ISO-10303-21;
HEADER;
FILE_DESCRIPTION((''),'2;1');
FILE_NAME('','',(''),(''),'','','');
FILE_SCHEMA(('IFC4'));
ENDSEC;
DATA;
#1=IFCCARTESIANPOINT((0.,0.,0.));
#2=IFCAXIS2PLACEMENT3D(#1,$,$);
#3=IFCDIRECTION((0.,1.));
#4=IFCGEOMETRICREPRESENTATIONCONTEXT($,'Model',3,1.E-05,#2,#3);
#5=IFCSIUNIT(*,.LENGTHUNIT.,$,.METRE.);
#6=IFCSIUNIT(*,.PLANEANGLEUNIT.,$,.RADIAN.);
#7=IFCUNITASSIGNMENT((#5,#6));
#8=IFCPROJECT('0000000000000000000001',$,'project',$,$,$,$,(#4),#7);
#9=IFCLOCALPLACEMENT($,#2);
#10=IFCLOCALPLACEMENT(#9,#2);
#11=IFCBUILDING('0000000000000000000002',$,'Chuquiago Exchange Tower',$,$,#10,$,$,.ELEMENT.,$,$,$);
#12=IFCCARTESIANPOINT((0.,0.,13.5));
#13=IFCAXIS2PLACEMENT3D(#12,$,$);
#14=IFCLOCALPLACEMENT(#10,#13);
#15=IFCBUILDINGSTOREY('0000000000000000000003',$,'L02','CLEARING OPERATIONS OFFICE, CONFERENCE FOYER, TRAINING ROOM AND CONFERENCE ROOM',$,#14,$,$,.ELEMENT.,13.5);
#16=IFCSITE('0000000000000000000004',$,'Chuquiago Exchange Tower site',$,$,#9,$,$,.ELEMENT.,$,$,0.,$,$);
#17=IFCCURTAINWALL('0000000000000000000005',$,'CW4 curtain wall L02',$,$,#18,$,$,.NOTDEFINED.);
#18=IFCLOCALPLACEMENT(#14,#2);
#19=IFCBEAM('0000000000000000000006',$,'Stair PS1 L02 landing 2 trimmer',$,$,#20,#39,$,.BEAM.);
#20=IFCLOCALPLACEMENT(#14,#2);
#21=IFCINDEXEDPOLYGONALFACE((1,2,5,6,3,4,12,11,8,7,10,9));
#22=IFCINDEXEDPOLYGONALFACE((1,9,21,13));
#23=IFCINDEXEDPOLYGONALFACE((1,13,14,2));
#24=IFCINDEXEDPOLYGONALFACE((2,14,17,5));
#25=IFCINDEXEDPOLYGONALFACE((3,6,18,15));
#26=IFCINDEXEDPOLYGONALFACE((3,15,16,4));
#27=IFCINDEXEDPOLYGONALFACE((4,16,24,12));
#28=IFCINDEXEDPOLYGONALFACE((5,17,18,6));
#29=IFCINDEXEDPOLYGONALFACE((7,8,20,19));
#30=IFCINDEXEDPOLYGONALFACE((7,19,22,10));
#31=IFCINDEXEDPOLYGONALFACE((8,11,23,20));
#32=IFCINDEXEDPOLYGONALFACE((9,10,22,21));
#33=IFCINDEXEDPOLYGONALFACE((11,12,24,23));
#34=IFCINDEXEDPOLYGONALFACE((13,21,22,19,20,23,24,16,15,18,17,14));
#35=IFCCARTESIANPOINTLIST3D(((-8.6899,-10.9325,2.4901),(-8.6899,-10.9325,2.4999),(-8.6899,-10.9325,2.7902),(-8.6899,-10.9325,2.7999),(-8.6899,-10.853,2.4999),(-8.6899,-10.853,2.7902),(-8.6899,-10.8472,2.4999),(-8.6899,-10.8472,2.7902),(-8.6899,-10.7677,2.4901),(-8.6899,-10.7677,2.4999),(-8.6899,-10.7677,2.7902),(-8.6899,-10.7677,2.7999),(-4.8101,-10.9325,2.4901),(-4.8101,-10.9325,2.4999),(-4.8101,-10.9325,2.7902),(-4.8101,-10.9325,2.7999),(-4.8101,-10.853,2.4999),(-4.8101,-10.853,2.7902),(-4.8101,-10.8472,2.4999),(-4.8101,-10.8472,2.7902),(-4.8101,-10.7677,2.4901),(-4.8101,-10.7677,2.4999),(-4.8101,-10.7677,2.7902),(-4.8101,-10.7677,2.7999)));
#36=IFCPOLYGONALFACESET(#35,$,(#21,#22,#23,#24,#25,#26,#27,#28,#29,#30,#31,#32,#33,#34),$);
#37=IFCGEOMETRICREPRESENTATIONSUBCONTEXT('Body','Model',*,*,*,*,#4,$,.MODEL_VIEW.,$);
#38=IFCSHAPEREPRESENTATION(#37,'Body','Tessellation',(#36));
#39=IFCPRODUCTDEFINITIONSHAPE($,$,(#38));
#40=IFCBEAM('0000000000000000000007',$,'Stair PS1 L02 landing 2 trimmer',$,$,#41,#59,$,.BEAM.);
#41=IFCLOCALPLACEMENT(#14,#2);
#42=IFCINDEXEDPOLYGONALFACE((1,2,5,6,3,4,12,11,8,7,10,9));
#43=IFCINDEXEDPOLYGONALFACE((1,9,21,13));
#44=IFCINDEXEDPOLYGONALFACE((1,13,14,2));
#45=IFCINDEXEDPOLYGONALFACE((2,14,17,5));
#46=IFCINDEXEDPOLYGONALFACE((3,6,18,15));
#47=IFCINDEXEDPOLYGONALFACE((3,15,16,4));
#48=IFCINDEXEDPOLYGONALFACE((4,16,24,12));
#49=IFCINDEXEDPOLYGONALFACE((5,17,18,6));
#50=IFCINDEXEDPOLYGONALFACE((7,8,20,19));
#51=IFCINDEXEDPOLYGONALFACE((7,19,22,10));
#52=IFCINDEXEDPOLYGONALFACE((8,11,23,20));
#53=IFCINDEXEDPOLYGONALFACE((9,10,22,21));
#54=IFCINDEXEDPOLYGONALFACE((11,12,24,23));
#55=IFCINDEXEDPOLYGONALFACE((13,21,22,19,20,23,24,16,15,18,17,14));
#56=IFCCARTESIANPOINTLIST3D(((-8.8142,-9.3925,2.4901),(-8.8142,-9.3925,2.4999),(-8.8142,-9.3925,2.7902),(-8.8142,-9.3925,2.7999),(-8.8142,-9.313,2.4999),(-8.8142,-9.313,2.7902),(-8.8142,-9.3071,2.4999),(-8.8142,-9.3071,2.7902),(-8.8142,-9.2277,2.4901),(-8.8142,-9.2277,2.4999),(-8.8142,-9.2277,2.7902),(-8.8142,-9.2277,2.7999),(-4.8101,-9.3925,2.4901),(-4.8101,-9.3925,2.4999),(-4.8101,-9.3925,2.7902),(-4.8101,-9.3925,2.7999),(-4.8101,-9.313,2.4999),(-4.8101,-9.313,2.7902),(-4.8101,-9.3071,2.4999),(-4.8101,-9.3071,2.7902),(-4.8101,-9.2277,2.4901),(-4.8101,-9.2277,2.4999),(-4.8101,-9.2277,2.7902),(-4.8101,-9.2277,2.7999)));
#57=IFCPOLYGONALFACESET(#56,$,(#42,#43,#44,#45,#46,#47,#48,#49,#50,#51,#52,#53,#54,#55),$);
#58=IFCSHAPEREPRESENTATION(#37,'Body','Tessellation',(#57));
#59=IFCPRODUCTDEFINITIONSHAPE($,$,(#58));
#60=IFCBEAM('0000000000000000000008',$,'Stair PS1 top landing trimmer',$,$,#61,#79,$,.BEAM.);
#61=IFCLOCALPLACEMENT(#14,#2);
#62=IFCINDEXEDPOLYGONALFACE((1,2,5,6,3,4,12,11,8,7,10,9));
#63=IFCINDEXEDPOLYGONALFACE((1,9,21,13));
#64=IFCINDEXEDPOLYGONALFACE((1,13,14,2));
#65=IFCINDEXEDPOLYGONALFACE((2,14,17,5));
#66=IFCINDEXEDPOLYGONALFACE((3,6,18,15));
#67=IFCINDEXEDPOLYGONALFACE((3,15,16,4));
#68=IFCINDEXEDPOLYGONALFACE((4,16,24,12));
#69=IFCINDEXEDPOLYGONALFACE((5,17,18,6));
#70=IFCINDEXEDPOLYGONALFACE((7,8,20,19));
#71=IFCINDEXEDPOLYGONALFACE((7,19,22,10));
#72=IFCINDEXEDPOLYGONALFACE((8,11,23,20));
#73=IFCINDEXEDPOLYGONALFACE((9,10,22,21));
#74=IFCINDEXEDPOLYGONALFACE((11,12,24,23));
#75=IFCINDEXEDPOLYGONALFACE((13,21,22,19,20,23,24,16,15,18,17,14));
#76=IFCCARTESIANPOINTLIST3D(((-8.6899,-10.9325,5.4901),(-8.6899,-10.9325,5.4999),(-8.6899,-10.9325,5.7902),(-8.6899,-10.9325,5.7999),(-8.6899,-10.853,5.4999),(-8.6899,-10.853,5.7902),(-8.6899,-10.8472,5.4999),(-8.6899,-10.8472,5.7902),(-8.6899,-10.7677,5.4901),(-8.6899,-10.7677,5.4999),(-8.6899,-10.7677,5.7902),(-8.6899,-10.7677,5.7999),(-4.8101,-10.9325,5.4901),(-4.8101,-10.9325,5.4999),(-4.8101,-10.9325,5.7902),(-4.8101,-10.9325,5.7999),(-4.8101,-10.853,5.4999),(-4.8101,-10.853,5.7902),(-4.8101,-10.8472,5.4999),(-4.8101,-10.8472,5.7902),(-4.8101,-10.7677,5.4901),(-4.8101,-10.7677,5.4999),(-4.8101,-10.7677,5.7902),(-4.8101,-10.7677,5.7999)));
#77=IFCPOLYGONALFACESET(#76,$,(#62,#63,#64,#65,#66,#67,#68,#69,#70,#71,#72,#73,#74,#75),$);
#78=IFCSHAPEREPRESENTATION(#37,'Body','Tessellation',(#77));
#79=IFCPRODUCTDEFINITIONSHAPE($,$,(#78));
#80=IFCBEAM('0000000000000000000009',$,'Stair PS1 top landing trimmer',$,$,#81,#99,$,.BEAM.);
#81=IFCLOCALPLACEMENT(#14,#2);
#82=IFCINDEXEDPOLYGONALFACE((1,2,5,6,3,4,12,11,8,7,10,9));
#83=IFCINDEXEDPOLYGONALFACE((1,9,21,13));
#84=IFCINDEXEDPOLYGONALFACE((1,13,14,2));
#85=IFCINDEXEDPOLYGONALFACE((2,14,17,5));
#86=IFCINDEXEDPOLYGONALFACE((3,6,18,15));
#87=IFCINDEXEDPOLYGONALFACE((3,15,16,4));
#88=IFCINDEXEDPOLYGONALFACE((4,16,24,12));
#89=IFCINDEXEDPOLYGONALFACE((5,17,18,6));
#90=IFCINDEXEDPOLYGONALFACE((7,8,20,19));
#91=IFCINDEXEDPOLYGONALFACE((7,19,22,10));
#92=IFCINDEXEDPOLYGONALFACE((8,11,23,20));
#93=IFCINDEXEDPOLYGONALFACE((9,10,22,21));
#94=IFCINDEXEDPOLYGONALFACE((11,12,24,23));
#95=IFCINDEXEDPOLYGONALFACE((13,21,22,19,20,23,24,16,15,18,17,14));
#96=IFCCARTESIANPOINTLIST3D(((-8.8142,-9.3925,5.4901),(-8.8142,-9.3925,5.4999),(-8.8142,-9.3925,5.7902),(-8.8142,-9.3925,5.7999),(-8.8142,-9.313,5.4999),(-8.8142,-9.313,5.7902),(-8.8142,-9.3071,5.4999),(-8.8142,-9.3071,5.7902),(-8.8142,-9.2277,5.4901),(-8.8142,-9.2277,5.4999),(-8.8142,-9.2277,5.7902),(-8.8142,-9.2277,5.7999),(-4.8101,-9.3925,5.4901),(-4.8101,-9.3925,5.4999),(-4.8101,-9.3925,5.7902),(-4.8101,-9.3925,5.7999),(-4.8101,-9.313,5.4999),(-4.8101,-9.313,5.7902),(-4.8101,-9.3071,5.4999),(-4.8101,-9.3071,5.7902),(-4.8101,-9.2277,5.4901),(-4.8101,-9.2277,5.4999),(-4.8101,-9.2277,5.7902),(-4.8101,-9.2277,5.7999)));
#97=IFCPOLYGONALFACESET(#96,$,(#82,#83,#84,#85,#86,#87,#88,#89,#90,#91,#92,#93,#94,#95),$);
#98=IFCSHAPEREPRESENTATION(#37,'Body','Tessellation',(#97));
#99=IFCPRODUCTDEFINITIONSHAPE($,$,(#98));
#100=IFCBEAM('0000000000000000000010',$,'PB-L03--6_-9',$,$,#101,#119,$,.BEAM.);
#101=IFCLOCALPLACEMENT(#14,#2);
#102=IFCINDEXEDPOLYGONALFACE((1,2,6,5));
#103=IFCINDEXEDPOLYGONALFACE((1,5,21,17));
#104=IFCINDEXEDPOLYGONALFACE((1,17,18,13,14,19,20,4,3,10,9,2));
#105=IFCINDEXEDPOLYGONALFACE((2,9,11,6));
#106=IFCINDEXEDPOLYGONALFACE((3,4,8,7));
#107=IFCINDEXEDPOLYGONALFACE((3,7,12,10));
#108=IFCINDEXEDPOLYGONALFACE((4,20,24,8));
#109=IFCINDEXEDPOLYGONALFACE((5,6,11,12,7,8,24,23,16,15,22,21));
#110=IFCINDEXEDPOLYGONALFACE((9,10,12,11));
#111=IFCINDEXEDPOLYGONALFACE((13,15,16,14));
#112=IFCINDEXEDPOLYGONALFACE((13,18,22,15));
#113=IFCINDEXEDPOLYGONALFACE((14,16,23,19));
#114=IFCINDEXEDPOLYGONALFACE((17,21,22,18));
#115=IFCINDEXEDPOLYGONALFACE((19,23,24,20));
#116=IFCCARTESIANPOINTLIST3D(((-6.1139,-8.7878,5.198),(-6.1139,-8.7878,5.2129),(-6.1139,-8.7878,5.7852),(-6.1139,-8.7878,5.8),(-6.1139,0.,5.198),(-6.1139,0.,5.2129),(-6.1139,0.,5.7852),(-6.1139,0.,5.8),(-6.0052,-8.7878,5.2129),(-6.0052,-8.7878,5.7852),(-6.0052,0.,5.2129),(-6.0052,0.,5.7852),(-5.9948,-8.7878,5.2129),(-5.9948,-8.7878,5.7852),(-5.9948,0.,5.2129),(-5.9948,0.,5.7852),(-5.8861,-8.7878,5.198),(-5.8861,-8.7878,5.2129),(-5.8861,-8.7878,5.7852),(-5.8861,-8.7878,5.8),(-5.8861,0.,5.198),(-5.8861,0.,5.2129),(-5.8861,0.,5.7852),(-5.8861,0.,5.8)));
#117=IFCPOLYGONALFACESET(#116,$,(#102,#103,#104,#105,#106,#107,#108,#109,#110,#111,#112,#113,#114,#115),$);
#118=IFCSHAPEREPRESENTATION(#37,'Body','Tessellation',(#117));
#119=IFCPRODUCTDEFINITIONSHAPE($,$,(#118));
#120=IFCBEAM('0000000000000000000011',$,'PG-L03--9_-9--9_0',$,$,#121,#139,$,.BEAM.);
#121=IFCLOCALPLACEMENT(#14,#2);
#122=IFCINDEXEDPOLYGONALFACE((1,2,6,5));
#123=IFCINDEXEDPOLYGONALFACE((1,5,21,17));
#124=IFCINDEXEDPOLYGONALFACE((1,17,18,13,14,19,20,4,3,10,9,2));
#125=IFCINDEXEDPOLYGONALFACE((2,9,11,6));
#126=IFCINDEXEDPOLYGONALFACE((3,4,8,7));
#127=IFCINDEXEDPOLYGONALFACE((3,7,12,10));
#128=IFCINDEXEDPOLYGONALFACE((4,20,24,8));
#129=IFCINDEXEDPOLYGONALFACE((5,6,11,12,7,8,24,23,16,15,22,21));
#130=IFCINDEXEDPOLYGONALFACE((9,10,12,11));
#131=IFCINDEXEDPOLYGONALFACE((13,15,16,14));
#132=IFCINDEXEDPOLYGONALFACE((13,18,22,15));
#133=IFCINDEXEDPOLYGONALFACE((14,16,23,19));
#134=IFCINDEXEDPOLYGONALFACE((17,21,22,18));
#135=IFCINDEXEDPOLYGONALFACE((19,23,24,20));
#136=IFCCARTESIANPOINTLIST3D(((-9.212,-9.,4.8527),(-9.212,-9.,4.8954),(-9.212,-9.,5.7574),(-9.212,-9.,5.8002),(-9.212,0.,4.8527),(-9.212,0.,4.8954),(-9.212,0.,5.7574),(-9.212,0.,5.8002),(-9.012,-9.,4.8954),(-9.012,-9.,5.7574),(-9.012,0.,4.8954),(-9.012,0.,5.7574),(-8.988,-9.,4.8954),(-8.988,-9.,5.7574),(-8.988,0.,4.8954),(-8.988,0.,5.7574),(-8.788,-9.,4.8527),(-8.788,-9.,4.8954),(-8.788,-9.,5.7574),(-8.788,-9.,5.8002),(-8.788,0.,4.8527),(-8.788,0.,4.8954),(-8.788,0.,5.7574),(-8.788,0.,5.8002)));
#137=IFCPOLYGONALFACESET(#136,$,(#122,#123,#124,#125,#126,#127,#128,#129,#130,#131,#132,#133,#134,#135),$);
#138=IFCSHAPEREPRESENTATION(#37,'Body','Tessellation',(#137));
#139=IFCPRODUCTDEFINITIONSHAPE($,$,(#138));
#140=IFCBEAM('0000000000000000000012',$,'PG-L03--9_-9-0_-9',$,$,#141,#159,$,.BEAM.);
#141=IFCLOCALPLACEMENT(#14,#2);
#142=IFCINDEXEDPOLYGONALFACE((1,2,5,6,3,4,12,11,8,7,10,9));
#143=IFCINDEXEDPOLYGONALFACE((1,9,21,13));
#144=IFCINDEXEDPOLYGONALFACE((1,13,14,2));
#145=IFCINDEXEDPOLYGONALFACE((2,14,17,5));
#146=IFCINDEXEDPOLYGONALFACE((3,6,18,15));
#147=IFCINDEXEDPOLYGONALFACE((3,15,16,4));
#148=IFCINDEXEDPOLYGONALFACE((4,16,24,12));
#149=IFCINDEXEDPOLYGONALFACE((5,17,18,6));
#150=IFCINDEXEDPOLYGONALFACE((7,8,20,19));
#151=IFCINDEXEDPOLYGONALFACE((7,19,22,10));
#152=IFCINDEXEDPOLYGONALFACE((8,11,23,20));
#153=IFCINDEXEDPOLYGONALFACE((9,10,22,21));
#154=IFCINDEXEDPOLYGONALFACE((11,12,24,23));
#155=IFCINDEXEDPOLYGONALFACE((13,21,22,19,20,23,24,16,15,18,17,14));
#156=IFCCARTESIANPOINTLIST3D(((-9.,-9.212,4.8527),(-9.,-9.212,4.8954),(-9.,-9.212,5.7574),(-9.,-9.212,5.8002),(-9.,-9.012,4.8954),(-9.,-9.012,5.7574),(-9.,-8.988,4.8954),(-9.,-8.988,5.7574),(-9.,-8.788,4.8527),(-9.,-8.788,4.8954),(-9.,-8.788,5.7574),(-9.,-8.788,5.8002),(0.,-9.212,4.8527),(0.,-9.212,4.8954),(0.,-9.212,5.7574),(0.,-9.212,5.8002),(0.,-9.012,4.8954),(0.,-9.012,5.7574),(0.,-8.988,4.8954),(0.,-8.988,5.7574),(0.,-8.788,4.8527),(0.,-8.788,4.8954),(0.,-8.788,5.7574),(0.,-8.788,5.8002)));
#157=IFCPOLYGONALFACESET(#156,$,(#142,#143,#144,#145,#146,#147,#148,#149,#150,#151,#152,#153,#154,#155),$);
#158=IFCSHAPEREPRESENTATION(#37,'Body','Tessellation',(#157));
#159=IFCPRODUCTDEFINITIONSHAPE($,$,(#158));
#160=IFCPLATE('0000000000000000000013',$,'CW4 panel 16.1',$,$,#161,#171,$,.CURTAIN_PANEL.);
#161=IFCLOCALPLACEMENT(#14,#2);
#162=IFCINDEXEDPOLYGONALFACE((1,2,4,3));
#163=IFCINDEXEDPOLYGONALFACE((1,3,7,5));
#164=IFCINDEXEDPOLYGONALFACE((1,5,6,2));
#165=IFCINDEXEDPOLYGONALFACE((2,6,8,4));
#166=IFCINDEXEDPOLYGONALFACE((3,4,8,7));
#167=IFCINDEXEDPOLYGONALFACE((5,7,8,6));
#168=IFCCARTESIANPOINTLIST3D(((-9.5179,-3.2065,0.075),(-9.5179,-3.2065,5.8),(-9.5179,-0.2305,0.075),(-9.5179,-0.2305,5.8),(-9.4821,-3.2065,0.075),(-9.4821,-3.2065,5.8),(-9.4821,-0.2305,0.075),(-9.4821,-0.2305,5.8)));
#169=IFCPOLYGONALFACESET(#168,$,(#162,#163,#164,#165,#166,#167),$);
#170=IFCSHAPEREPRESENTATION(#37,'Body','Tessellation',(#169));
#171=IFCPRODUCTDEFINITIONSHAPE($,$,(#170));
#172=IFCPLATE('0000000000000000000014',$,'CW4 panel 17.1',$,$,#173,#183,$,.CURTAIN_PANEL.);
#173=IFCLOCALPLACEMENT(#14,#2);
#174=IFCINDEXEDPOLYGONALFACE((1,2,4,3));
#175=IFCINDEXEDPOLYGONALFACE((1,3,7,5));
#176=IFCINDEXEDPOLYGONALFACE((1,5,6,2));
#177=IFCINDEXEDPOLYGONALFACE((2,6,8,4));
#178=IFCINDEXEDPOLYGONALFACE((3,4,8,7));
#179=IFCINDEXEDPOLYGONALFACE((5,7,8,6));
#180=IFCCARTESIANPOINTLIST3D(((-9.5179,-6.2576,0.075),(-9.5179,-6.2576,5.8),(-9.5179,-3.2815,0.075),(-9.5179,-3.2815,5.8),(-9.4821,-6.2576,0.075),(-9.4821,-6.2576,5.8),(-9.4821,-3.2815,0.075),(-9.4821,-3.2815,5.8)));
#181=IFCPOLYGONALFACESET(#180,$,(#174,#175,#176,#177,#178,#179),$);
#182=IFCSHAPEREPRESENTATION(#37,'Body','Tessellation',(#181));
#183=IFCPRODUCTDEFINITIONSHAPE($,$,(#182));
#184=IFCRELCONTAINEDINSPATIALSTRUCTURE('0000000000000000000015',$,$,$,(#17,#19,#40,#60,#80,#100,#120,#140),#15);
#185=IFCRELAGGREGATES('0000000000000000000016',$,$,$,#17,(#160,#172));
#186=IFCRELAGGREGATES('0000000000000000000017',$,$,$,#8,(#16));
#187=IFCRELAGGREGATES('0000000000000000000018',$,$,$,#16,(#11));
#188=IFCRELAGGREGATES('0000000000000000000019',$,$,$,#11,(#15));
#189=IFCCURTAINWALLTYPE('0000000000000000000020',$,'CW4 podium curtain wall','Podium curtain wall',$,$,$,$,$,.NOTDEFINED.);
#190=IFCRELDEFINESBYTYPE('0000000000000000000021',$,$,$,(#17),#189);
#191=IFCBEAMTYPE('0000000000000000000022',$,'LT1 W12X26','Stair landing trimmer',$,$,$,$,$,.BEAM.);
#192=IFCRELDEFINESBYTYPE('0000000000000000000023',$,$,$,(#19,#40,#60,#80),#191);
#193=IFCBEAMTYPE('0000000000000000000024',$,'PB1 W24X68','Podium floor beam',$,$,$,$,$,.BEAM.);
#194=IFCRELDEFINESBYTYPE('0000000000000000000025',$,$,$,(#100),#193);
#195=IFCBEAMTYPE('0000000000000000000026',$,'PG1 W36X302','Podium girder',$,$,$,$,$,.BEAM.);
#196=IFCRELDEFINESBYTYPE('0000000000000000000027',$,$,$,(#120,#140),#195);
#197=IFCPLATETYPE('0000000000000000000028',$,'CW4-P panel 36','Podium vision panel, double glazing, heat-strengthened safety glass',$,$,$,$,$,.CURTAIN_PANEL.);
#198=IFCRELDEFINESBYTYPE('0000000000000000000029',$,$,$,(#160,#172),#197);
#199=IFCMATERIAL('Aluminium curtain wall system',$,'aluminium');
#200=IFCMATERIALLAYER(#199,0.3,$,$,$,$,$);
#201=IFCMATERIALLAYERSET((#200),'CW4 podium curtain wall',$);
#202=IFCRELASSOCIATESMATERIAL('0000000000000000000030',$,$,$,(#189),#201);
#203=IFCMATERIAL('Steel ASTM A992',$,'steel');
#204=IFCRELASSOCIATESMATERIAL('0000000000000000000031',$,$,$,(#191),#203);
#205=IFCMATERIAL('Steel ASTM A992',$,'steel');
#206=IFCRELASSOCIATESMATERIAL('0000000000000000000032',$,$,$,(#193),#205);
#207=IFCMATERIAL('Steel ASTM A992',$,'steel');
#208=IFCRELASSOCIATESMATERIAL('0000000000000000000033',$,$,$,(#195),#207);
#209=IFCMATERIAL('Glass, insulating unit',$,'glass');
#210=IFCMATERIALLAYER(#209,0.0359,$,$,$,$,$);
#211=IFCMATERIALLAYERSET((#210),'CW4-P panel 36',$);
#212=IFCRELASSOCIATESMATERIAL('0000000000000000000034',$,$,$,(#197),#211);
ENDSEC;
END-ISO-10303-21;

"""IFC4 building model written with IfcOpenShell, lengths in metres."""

from ifc_helpers import new_model, si_unit, direction, frame, origin, origin_2d, place, context, subcontext, project, spatial, rectangle, i_section, extrude, material, layer, layer_set, material_profile, profile_set, type_object, element, aggregate, save


model = new_model("IFC4")

# Units and contexts
model_context = context("Model", 3, precision=1e-05, world=origin(), true_north=direction((0.0, 1.0)))
body_context = subcontext(model_context, "Body", "Model", "MODEL_VIEW")
ifc_project = project(units=[si_unit("LENGTHUNIT", "METRE"), si_unit("PLANEANGLEUNIT", "RADIAN")], contexts=[model_context])

# Site, building, storey
site_placement = place(None, origin())
site = spatial("IfcSite", under=ifc_project, at=site_placement, Name="Chuquiago Exchange Tower site", CompositionType="ELEMENT", RefElevation=0.0)
building_placement = place(site_placement, origin())
building = spatial("IfcBuilding", under=site, at=building_placement, Name="Chuquiago Exchange Tower", CompositionType="ELEMENT")
storey_placement = place(building_placement, frame((0.0, 0.0, 13.5)))
storey = spatial("IfcBuildingStorey", under=building, at=storey_placement, Name="L02", Description="CLEARING OPERATIONS OFFICE, CONFERENCE FOYER, TRAINING ROOM AND CONFERENCE ROOM", CompositionType="ELEMENT", Elevation=13.5)

# Curtain wall
ifc_material_1 = material(Name="Aluminium curtain wall system", Category="aluminium")
ifc_layer_1 = layer(ifc_material_1, 0.3)
ifc_layer_set_1 = layer_set([ifc_layer_1], Name="CW4 podium curtain wall")
curtain_wall_type = type_object("IfcCurtainWallType", Name="CW4 podium curtain wall", Description="Podium curtain wall", PredefinedType="NOTDEFINED", material=ifc_layer_set_1)
curtain_wall_placement = place(storey_placement, origin())
curtain_wall = element("IfcCurtainWall", 1, at=curtain_wall_placement, inside=storey, type_object=curtain_wall_type, Name="CW4 curtain wall L02", PredefinedType="NOTDEFINED")

# Beams
ifc_material_2 = material(Name="Steel ASTM A992", Category="steel")
ifc_material_profile_1 = material_profile(ifc_material_2, i_section(OverallWidth=0.1648, OverallDepth=0.3098, WebThickness=0.0059, FlangeThickness=0.0098, at=origin_2d()), Name="W12X26")
ifc_profile_set_1 = profile_set([ifc_material_profile_1], Name="Steel ASTM A992")
beam_type_1 = type_object("IfcBeamType", Name="LT1 W12X26", Description="Stair landing trimmer", PredefinedType="BEAM", material=ifc_profile_set_1)
beam_1_placement = place(storey_placement, frame((-8.6899, -10.8501, 2.645), z_axis=(1.0, 0.0, 0.0), x_axis=(0.0, 1.0, 0.0)))
element("IfcBeam", 2, at=beam_1_placement, inside=storey, type_object=beam_type_1, Name="Stair PS1 L02 landing 2 trimmer", PredefinedType="BEAM", context=body_context, shape_type="SweptSolid", body=[
    extrude(i_section(OverallWidth=0.1648, OverallDepth=0.3098, WebThickness=0.0059, FlangeThickness=0.0098, at=origin_2d()), origin(), (0.0, 0.0, 1.0), 3.8799),
])
beam_2_placement = place(storey_placement, frame((-8.8142, -9.3101, 2.645), z_axis=(1.0, 0.0, 0.0), x_axis=(0.0, 1.0, 0.0)))
element("IfcBeam", 3, at=beam_2_placement, inside=storey, type_object=beam_type_1, Name="Stair PS1 L02 landing 2 trimmer", PredefinedType="BEAM", context=body_context, shape_type="SweptSolid", body=[
    extrude(i_section(OverallWidth=0.1648, OverallDepth=0.3098, WebThickness=0.0059, FlangeThickness=0.0098, at=origin_2d()), origin(), (0.0, 0.0, 1.0), 4.0042),
])
beam_3_placement = place(storey_placement, frame((-8.6899, -10.8501, 5.645), z_axis=(1.0, 0.0, 0.0), x_axis=(0.0, 1.0, 0.0)))
element("IfcBeam", 4, at=beam_3_placement, inside=storey, type_object=beam_type_1, Name="Stair PS1 top landing trimmer", PredefinedType="BEAM", context=body_context, shape_type="SweptSolid", body=[
    extrude(i_section(OverallWidth=0.1648, OverallDepth=0.3098, WebThickness=0.0059, FlangeThickness=0.0098, at=origin_2d()), origin(), (0.0, 0.0, 1.0), 3.8799),
])
beam_4_placement = place(storey_placement, frame((-8.8142, -9.3101, 5.645), z_axis=(1.0, 0.0, 0.0), x_axis=(0.0, 1.0, 0.0)))
element("IfcBeam", 5, at=beam_4_placement, inside=storey, type_object=beam_type_1, Name="Stair PS1 top landing trimmer", PredefinedType="BEAM", context=body_context, shape_type="SweptSolid", body=[
    extrude(i_section(OverallWidth=0.1648, OverallDepth=0.3098, WebThickness=0.0059, FlangeThickness=0.0098, at=origin_2d()), origin(), (0.0, 0.0, 1.0), 4.0042),
])
ifc_material_3 = material(Name="Steel ASTM A992", Category="steel")
ifc_material_profile_2 = material_profile(ifc_material_3, i_section(OverallWidth=0.2278, OverallDepth=0.6021, WebThickness=0.0105, FlangeThickness=0.0149, at=origin_2d()), Name="W24X68")
ifc_profile_set_2 = profile_set([ifc_material_profile_2], Name="Steel ASTM A992")
beam_type_2 = type_object("IfcBeamType", Name="PB1 W24X68", Description="Podium floor beam", PredefinedType="BEAM", material=ifc_profile_set_2)
beam_5_placement = place(storey_placement, frame((-6.0, -8.7878, 5.499), z_axis=(0.0, 1.0, 0.0), x_axis=(-1.0, 0.0, 0.0)))
element("IfcBeam", 6, at=beam_5_placement, inside=storey, type_object=beam_type_2, Name="PB-L03--6_-9", PredefinedType="BEAM", context=body_context, shape_type="SweptSolid", body=[
    extrude(i_section(OverallWidth=0.2278, OverallDepth=0.6021, WebThickness=0.0105, FlangeThickness=0.0149, at=origin_2d()), origin(), (0.0, 0.0, 1.0), 8.7878),
])
ifc_material_4 = material(Name="Steel ASTM A992", Category="steel")
ifc_material_profile_3 = material_profile(ifc_material_4, i_section(OverallWidth=0.4241, OverallDepth=0.9475, WebThickness=0.0239, FlangeThickness=0.0427, at=origin_2d()), Name="W36X302")
ifc_profile_set_3 = profile_set([ifc_material_profile_3], Name="Steel ASTM A992")
beam_type_3 = type_object("IfcBeamType", Name="PG1 W36X302", Description="Podium girder", PredefinedType="BEAM", material=ifc_profile_set_3)
for number, where, z_axis, x_axis, name in (
    (7, (-9.0, -9.0, 5.3264), (0.0, 1.0, 0.0), (-1.0, 0.0, 0.0), "PG-L03--9_-9--9_0"),
    (8, (-9.0, -9.0, 5.3264), (1.0, 0.0, 0.0), (0.0, 1.0, 0.0), "PG-L03--9_-9-0_-9"),
):
    element("IfcBeam", number, at=place(storey_placement, frame(where, z_axis=z_axis, x_axis=x_axis)), inside=storey, type_object=beam_type_3, Name=name, PredefinedType="BEAM", context=body_context, shape_type="SweptSolid", body=[
        extrude(i_section(OverallWidth=0.4241, OverallDepth=0.9475, WebThickness=0.0239, FlangeThickness=0.0427, at=origin_2d()), origin(), (0.0, 0.0, 1.0), 9.0),
    ])

# Plates
ifc_material_5 = material(Name="Glass, insulating unit", Category="glass")
ifc_layer_2 = layer(ifc_material_5, 0.0359)
ifc_layer_set_2 = layer_set([ifc_layer_2], Name="CW4-P panel 36")
plate_type = type_object("IfcPlateType", Name="CW4-P panel 36", Description="Podium vision panel, double glazing, heat-strengthened safety glass", PredefinedType="CURTAIN_PANEL", material=ifc_layer_set_2)
plate_1_placement = place(storey_placement, frame((-9.5, -1.7185, 0.075), z_axis=(0.0, 0.0, 1.0), x_axis=(0.0, -1.0, 0.0)))
plate_1 = element("IfcPlate", 9, at=plate_1_placement, type_object=plate_type, Name="CW4 panel 16.1", PredefinedType="CURTAIN_PANEL", context=body_context, shape_type="SweptSolid", body=[
    extrude(rectangle(XDim=2.9761, YDim=0.0359, at=origin_2d()), origin(), (0.0, 0.0, 1.0), 5.7251),
])
plate_2_placement = place(storey_placement, frame((-9.5, -4.7695, 0.075), z_axis=(0.0, 0.0, 1.0), x_axis=(0.0, -1.0, 0.0)))
plate_2 = element("IfcPlate", 10, at=plate_2_placement, type_object=plate_type, Name="CW4 panel 17.1", PredefinedType="CURTAIN_PANEL", context=body_context, shape_type="SweptSolid", body=[
    extrude(rectangle(XDim=2.9761, YDim=0.0359, at=origin_2d()), origin(), (0.0, 0.0, 1.0), 5.7251),
])
aggregate(curtain_wall, [plate_1, plate_2])

save(model, "model.ifc")
